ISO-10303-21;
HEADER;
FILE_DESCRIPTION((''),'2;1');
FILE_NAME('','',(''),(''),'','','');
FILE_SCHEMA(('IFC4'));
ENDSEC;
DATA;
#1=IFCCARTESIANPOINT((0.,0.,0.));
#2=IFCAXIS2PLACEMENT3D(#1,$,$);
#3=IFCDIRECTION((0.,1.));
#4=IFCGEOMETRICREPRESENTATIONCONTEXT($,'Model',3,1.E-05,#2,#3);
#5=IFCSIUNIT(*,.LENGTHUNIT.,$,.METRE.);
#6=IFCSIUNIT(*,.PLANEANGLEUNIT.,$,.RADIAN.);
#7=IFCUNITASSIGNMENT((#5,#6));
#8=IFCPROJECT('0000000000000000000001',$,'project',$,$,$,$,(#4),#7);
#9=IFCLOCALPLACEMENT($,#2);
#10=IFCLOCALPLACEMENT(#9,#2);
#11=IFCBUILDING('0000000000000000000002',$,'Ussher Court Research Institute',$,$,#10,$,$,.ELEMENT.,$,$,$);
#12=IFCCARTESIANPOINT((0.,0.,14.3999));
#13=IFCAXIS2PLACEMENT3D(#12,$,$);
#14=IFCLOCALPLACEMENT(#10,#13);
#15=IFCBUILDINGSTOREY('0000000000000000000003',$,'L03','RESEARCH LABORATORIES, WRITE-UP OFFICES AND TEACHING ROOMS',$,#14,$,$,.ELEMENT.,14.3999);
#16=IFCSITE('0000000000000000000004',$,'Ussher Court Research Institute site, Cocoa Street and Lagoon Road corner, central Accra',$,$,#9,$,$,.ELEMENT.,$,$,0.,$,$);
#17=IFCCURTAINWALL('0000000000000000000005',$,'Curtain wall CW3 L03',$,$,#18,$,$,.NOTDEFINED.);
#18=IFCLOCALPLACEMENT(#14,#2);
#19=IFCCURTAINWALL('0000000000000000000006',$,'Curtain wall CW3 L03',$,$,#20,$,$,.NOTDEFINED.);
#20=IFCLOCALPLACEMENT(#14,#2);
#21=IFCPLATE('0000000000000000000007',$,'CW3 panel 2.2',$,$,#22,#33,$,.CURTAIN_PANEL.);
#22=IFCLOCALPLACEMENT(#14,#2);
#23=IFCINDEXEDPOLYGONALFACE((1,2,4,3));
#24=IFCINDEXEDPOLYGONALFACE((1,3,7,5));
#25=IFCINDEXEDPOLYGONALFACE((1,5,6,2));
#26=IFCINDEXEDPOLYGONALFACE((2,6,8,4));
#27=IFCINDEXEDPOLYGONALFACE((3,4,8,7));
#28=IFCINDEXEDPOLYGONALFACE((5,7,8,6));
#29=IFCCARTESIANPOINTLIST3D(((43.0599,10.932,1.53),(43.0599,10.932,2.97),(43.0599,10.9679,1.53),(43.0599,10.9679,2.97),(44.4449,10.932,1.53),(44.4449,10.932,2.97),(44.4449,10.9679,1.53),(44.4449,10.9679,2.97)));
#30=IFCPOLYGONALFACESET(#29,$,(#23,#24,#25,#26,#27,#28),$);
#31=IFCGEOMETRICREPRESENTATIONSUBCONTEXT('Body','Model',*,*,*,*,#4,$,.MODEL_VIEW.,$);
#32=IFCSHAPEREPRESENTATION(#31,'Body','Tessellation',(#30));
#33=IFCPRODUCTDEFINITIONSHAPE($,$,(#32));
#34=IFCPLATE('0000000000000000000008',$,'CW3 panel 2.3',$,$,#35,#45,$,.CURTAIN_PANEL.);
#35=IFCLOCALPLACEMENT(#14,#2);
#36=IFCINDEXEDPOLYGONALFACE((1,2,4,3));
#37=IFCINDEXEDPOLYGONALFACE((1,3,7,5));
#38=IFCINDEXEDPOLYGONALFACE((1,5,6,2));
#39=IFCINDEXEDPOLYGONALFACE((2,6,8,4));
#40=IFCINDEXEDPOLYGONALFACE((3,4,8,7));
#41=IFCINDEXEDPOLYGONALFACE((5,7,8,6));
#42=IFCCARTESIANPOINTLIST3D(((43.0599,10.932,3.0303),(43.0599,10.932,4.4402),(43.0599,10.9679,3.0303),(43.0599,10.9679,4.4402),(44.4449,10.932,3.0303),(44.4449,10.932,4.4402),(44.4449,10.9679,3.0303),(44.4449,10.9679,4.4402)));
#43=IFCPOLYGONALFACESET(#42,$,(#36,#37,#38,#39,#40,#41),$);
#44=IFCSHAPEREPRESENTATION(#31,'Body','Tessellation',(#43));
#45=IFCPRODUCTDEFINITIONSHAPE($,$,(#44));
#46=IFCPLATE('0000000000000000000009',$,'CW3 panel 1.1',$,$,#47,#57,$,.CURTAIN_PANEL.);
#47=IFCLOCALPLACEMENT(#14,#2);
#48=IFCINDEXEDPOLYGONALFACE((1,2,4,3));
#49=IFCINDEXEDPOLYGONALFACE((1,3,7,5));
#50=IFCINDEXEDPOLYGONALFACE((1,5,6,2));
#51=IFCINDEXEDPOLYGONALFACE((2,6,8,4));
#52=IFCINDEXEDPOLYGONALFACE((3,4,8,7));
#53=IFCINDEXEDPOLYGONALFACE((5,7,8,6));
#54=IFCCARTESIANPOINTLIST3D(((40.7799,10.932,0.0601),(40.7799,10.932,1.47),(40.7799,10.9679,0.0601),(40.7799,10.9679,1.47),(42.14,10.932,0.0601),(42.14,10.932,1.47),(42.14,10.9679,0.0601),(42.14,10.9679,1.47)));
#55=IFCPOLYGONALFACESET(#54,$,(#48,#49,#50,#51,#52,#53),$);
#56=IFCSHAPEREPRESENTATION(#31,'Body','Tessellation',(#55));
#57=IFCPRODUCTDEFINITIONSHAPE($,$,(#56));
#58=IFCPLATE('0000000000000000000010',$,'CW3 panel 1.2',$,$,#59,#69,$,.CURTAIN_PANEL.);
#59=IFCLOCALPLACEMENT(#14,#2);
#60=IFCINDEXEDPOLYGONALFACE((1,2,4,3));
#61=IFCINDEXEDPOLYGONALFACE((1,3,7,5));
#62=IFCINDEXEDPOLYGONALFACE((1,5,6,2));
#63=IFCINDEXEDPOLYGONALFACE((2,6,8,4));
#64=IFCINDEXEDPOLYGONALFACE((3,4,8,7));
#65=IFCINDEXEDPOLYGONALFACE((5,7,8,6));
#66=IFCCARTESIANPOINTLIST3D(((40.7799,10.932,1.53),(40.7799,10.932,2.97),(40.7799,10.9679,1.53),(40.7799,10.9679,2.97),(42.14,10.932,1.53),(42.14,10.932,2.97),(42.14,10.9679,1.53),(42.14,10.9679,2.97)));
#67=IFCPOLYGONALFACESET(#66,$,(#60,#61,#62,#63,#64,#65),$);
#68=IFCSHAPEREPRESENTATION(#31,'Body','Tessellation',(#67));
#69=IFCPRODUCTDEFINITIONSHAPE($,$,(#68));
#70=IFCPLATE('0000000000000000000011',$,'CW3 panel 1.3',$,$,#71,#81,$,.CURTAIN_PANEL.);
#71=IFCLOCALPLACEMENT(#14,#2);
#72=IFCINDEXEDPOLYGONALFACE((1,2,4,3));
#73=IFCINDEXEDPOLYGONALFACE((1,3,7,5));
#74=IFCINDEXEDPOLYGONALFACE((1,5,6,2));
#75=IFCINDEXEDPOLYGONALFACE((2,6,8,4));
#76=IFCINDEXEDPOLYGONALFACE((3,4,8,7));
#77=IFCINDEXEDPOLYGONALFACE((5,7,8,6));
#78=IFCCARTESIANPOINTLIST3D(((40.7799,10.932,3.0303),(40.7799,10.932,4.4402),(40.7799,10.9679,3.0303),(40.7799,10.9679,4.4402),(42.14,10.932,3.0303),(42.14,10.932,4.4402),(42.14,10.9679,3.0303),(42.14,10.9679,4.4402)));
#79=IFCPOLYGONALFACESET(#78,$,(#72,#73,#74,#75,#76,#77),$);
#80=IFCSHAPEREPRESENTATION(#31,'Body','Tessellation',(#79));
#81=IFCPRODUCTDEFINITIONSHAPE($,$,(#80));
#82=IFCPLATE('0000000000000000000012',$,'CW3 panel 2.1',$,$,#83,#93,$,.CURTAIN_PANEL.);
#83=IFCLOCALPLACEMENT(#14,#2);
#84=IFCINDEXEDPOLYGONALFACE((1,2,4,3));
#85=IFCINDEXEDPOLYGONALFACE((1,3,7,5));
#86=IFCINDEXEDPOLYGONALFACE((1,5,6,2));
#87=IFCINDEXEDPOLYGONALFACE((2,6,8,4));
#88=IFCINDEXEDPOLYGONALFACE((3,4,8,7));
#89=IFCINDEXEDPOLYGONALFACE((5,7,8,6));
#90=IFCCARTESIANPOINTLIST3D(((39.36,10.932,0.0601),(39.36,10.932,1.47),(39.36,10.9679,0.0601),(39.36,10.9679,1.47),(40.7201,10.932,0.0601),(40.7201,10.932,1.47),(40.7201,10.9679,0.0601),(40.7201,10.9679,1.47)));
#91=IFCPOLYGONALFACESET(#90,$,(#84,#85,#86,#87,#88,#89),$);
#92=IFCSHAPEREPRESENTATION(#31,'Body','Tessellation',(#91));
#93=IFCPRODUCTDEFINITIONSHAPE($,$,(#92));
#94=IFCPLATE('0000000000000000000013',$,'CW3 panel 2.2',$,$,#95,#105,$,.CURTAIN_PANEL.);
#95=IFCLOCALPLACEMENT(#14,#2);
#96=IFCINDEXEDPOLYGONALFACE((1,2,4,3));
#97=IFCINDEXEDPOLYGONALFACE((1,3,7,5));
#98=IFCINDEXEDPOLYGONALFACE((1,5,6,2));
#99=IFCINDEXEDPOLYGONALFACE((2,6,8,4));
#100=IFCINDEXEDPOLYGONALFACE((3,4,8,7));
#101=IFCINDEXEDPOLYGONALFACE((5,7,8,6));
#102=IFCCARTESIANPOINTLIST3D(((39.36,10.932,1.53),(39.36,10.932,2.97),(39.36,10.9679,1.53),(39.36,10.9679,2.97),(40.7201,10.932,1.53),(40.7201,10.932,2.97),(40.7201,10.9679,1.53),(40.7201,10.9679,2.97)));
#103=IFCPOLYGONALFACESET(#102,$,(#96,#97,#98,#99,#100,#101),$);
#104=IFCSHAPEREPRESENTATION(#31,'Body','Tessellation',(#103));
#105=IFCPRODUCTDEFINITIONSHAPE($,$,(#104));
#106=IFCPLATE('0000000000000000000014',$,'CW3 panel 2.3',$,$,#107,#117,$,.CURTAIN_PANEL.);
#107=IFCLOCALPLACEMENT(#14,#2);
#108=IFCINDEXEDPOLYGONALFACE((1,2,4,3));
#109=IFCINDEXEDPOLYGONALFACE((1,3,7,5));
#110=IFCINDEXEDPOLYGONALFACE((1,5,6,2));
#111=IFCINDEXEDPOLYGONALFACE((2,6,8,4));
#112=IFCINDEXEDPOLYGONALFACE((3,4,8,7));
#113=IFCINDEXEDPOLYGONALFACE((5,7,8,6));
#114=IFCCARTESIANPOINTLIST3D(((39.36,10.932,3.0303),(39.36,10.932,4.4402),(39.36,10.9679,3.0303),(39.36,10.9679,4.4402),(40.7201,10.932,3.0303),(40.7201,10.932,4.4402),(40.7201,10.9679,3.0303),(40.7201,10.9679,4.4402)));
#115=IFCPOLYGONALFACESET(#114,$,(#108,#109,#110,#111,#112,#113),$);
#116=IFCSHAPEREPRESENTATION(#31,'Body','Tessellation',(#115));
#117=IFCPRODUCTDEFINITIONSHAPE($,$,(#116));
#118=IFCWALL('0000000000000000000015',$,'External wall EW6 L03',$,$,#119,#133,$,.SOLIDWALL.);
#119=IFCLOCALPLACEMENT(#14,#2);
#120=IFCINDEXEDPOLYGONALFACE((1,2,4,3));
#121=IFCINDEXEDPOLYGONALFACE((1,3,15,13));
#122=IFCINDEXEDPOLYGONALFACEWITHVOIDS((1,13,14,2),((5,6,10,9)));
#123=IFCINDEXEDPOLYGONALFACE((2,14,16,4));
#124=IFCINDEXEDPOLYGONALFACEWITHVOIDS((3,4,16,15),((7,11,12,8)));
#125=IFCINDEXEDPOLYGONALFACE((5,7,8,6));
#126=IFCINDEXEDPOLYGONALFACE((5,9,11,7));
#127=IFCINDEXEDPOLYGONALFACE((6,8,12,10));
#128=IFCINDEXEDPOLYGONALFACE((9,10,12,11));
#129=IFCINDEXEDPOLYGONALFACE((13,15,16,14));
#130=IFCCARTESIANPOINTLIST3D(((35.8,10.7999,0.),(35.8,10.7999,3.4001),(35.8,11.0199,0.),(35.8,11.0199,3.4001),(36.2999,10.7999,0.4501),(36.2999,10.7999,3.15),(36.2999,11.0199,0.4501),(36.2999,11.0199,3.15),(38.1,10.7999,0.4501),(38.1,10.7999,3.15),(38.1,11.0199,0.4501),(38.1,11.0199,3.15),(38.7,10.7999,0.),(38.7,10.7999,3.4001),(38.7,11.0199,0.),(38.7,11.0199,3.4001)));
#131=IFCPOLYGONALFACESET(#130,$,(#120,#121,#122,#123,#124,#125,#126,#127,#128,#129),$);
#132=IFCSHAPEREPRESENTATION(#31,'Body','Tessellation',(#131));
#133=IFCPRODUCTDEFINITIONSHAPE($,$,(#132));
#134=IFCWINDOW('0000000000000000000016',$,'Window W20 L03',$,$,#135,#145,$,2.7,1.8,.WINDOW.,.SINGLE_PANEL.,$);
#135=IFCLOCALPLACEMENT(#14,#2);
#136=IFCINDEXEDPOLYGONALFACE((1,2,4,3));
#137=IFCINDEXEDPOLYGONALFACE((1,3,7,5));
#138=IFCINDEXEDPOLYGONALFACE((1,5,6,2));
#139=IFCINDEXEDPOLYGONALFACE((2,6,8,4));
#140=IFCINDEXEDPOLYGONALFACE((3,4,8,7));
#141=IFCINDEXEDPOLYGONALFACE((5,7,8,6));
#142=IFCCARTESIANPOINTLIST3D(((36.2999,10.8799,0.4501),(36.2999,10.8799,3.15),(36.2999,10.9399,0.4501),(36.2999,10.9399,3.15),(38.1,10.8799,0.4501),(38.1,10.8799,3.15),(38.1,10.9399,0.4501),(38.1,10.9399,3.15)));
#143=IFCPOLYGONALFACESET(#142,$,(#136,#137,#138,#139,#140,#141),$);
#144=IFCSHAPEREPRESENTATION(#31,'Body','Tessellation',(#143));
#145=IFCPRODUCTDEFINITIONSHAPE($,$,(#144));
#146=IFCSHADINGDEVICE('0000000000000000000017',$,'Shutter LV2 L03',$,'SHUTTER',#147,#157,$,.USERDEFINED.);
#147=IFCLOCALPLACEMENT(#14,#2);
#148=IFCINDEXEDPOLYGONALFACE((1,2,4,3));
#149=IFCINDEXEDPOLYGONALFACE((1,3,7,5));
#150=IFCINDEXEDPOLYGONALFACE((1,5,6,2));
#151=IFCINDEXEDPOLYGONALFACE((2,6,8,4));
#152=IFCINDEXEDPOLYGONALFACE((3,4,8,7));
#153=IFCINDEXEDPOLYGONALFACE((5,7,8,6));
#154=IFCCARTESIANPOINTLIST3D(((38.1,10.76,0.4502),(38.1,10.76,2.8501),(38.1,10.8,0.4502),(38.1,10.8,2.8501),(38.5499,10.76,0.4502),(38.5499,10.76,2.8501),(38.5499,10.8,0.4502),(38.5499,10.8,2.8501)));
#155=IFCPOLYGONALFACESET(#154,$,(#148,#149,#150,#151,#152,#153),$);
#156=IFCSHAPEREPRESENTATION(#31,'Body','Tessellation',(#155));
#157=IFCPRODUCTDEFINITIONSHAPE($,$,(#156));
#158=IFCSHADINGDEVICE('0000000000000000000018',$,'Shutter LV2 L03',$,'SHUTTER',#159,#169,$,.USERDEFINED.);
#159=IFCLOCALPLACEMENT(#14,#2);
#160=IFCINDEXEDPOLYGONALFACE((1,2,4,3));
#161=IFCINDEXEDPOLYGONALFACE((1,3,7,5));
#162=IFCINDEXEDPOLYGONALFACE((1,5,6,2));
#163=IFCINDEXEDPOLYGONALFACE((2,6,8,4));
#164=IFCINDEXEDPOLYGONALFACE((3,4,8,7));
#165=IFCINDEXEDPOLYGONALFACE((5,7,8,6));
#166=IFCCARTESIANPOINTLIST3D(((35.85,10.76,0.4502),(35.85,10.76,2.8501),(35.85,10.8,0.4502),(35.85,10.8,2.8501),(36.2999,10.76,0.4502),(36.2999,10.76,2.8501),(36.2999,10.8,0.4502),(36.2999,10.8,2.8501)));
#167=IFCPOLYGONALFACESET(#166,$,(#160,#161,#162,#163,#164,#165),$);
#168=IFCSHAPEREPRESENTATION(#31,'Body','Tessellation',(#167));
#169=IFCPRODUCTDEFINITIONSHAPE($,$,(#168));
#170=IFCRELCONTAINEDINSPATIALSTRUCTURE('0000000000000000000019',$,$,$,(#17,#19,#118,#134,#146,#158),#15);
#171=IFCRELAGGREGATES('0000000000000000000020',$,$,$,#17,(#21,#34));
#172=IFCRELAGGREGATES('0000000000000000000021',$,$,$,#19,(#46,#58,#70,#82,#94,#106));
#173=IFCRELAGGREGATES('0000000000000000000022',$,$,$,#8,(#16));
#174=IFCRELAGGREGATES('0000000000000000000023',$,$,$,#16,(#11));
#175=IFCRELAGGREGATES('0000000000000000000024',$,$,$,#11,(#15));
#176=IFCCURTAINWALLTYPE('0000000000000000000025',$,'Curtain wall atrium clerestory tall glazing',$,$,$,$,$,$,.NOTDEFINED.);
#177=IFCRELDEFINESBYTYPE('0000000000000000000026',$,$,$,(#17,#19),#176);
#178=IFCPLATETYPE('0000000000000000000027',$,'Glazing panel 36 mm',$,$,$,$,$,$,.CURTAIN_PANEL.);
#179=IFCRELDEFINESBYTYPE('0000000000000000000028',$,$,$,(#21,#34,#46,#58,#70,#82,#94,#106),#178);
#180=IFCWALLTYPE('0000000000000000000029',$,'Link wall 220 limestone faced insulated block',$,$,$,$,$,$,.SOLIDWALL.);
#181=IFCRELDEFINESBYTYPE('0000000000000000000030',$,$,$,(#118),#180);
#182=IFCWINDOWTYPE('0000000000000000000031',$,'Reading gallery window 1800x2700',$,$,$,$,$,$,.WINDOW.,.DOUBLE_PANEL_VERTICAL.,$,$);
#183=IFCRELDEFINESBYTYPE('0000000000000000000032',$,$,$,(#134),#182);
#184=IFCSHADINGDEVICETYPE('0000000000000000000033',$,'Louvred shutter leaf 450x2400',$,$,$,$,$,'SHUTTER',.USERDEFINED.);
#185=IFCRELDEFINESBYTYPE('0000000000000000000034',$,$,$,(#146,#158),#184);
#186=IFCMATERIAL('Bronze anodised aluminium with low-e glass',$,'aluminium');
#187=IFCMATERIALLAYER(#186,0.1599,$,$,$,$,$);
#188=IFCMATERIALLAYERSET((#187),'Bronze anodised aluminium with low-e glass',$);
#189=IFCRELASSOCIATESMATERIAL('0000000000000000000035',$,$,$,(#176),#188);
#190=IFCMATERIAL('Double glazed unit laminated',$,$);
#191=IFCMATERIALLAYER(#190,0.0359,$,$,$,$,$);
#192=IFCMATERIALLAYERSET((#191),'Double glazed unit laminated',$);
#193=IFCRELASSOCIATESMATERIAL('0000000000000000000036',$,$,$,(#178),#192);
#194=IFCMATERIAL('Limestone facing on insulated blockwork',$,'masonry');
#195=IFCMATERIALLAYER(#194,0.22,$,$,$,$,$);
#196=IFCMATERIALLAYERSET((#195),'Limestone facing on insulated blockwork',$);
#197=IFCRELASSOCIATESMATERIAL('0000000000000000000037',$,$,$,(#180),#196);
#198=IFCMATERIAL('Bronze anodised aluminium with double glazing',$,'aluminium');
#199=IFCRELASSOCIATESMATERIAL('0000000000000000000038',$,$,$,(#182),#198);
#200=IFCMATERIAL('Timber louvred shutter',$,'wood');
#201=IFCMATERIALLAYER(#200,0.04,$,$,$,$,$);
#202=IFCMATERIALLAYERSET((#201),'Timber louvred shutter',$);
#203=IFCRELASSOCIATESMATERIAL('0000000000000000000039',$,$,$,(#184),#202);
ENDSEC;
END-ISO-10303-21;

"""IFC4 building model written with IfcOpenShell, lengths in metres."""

from ifc_helpers import new_model, si_unit, direction, frame, frame_2d, origin, origin_2d, place, context, subcontext, project, spatial, rectangle, extrude, material, layer, layer_set, type_object, element, fill, aggregate, save


model = new_model("IFC4")

# Units and contexts
model_context = context("Model", 3, precision=1e-05, world=origin(), true_north=direction((0.0, 1.0)))
body_context = subcontext(model_context, "Body", "Model", "MODEL_VIEW")
ifc_project = project(units=[si_unit("LENGTHUNIT", "METRE"), si_unit("PLANEANGLEUNIT", "RADIAN")], contexts=[model_context])

# Site, building, storey
site_placement = place(None, origin())
site = spatial("IfcSite", under=ifc_project, at=site_placement, Name="Ussher Court Research Institute site, Cocoa Street and Lagoon Road corner, central Accra", CompositionType="ELEMENT", RefElevation=0.0)
building_placement = place(site_placement, origin())
building = spatial("IfcBuilding", under=site, at=building_placement, Name="Ussher Court Research Institute", CompositionType="ELEMENT")
storey_placement = place(building_placement, frame((0.0, 0.0, 14.3999)))
storey = spatial("IfcBuildingStorey", under=building, at=storey_placement, Name="L03", Description="RESEARCH LABORATORIES, WRITE-UP OFFICES AND TEACHING ROOMS", CompositionType="ELEMENT", Elevation=14.3999)

# Curtain wall
ifc_material_1 = material(Name="Bronze anodised aluminium with low-e glass", Category="aluminium")
ifc_layer_1 = layer(ifc_material_1, 0.1599)
ifc_layer_set_1 = layer_set([ifc_layer_1], Name="Bronze anodised aluminium with low-e glass")
curtain_wall_type = type_object("IfcCurtainWallType", Name="Curtain wall atrium clerestory tall glazing", PredefinedType="NOTDEFINED", material=ifc_layer_set_1)
curtain_wall_1_placement = place(storey_placement, origin())
curtain_wall_1 = element("IfcCurtainWall", 1, at=curtain_wall_1_placement, inside=storey, type_object=curtain_wall_type, Name="Curtain wall CW3 L03", PredefinedType="NOTDEFINED")

# Curtain wall
curtain_wall_2_placement = place(storey_placement, origin())
curtain_wall_2 = element("IfcCurtainWall", 2, at=curtain_wall_2_placement, inside=storey, type_object=curtain_wall_type, Name="Curtain wall CW3 L03", PredefinedType="NOTDEFINED")

# Plates
ifc_material_2 = material(Name="Double glazed unit laminated")
ifc_layer_2 = layer(ifc_material_2, 0.0359)
ifc_layer_set_2 = layer_set([ifc_layer_2], Name="Double glazed unit laminated")
plate_type = type_object("IfcPlateType", Name="Glazing panel 36 mm", PredefinedType="CURTAIN_PANEL", material=ifc_layer_set_2)
plate_1_placement = place(storey_placement, frame((43.7524, 10.95, 1.53), z_axis=(0.0, 0.0, 1.0), x_axis=(-1.0, 0.0, 0.0)))
plate_1 = element("IfcPlate", 3, at=plate_1_placement, type_object=plate_type, Name="CW3 panel 2.2", PredefinedType="CURTAIN_PANEL", context=body_context, shape_type="SweptSolid", body=[
    extrude(rectangle(XDim=1.385, YDim=0.0359, at=origin_2d()), origin(), (0.0, 0.0, 1.0), 1.4399),
])
plate_2_placement = place(storey_placement, frame((43.7524, 10.95, 3.0303), z_axis=(0.0, 0.0, 1.0), x_axis=(-1.0, 0.0, 0.0)))
plate_2 = element("IfcPlate", 4, at=plate_2_placement, type_object=plate_type, Name="CW3 panel 2.3", PredefinedType="CURTAIN_PANEL", context=body_context, shape_type="SweptSolid", body=[
    extrude(rectangle(XDim=1.385, YDim=0.0359, at=origin_2d()), origin(), (0.0, 0.0, 1.0), 1.4099),
])
aggregate(curtain_wall_1, [plate_1, plate_2])
plate_3_placement = place(storey_placement, frame((41.46, 10.95, 0.0601), z_axis=(0.0, 0.0, 1.0), x_axis=(-1.0, 0.0, 0.0)))
plate_3 = element("IfcPlate", 5, at=plate_3_placement, type_object=plate_type, Name="CW3 panel 1.1", PredefinedType="CURTAIN_PANEL", context=body_context, shape_type="SweptSolid", body=[
    extrude(rectangle(XDim=1.3601, YDim=0.0359, at=origin_2d()), origin(), (0.0, 0.0, 1.0), 1.4099),
])
plate_4_placement = place(storey_placement, frame((41.46, 10.95, 1.53), z_axis=(0.0, 0.0, 1.0), x_axis=(-1.0, 0.0, 0.0)))
plate_4 = element("IfcPlate", 6, at=plate_4_placement, type_object=plate_type, Name="CW3 panel 1.2", PredefinedType="CURTAIN_PANEL", context=body_context, shape_type="SweptSolid", body=[
    extrude(rectangle(XDim=1.3601, YDim=0.0359, at=origin_2d()), origin(), (0.0, 0.0, 1.0), 1.4399),
])
plate_5_placement = place(storey_placement, frame((41.46, 10.95, 3.0303), z_axis=(0.0, 0.0, 1.0), x_axis=(-1.0, 0.0, 0.0)))
plate_5 = element("IfcPlate", 7, at=plate_5_placement, type_object=plate_type, Name="CW3 panel 1.3", PredefinedType="CURTAIN_PANEL", context=body_context, shape_type="SweptSolid", body=[
    extrude(rectangle(XDim=1.3601, YDim=0.0359, at=origin_2d()), origin(), (0.0, 0.0, 1.0), 1.4099),
])
plate_6_placement = place(storey_placement, frame((40.04, 10.95, 0.0601), z_axis=(0.0, 0.0, 1.0), x_axis=(-1.0, 0.0, 0.0)))
plate_6 = element("IfcPlate", 8, at=plate_6_placement, type_object=plate_type, Name="CW3 panel 2.1", PredefinedType="CURTAIN_PANEL", context=body_context, shape_type="SweptSolid", body=[
    extrude(rectangle(XDim=1.3601, YDim=0.0359, at=origin_2d()), origin(), (0.0, 0.0, 1.0), 1.4099),
])
plate_7_placement = place(storey_placement, frame((40.04, 10.95, 1.53), z_axis=(0.0, 0.0, 1.0), x_axis=(-1.0, 0.0, 0.0)))
plate_7 = element("IfcPlate", 9, at=plate_7_placement, type_object=plate_type, Name="CW3 panel 2.2", PredefinedType="CURTAIN_PANEL", context=body_context, shape_type="SweptSolid", body=[
    extrude(rectangle(XDim=1.3601, YDim=0.0359, at=origin_2d()), origin(), (0.0, 0.0, 1.0), 1.4399),
])
plate_8_placement = place(storey_placement, frame((40.04, 10.95, 3.0303), z_axis=(0.0, 0.0, 1.0), x_axis=(-1.0, 0.0, 0.0)))
plate_8 = element("IfcPlate", 10, at=plate_8_placement, type_object=plate_type, Name="CW3 panel 2.3", PredefinedType="CURTAIN_PANEL", context=body_context, shape_type="SweptSolid", body=[
    extrude(rectangle(XDim=1.3601, YDim=0.0359, at=origin_2d()), origin(), (0.0, 0.0, 1.0), 1.4099),
])
aggregate(curtain_wall_2, [plate_3, plate_4, plate_5, plate_6, plate_7, plate_8])

# Wall, opening, window
ifc_material_3 = material(Name="Limestone facing on insulated blockwork", Category="masonry")
ifc_layer_3 = layer(ifc_material_3, 0.22)
ifc_layer_set_3 = layer_set([ifc_layer_3], Name="Limestone facing on insulated blockwork")
wall_type = type_object("IfcWallType", Name="Link wall 220 limestone faced insulated block", PredefinedType="SOLIDWALL", material=ifc_layer_set_3)
wall_placement = place(storey_placement, frame((38.7, 10.9099, 0.0), z_axis=(0.0, 0.0, 1.0), x_axis=(-1.0, 0.0, 0.0)))
wall = element("IfcWall", 11, at=wall_placement, inside=storey, type_object=wall_type, Name="External wall EW6 L03", PredefinedType="SOLIDWALL", context=body_context, shape_type="SweptSolid", body=[
    extrude(rectangle(XDim=2.8999, YDim=0.22, at=frame_2d((1.45, 0.0))), origin(), (0.0, 0.0, 1.0), 3.4001),
])
opening_placement = place(wall_placement, frame((0.6001, 0.0, 0.45)))
opening = element("IfcOpeningElement", 12, at=opening_placement, cuts=wall, PredefinedType="OPENING", context=body_context, shape_type="SweptSolid", body=[
    extrude(rectangle(XDim=1.8, YDim=2.7, at=frame_2d((0.8999, 1.3501))), frame((0.0, 0.1201, 0.0), z_axis=(0.0, -1.0, 0.0), x_axis=(1.0, 0.0, 0.0)), (0.0, 0.0, 1.0), 0.24),
])
ifc_material_4 = material(Name="Bronze anodised aluminium with double glazing", Category="aluminium")
window_type = type_object("IfcWindowType", Name="Reading gallery window 1800x2700", PartitioningType="DOUBLE_PANEL_VERTICAL", PredefinedType="WINDOW", material=ifc_material_4)
window_placement = place(opening_placement, origin())
window = element("IfcWindow", 13, at=window_placement, inside=storey, type_object=window_type, Name="Window W20 L03", OverallHeight=2.7, OverallWidth=1.8, PartitioningType="SINGLE_PANEL", PredefinedType="WINDOW", context=body_context, shape_type="SweptSolid", body=[
    extrude(rectangle(XDim=1.8, YDim=2.7, at=frame_2d((0.8999, 1.3501))), frame((0.0, 0.03, 0.0), z_axis=(0.0, -1.0, 0.0), x_axis=(1.0, 0.0, 0.0)), (0.0, 0.0, 1.0), 0.0601),
])
fill(opening, window)

# Shading devices
ifc_material_5 = material(Name="Timber louvred shutter", Category="wood")
ifc_layer_4 = layer(ifc_material_5, 0.04)
ifc_layer_set_4 = layer_set([ifc_layer_4], Name="Timber louvred shutter")
shading_device_type = type_object("IfcShadingDeviceType", Name="Louvred shutter leaf 450x2400", ElementType="SHUTTER", PredefinedType="USERDEFINED", material=ifc_layer_set_4)
for number, where, z_axis, x_axis, name in (
    (14, (38.325, 10.78, 0.4502), (0.0, 0.0, 1.0), (-1.0, 0.0, 0.0), "Shutter LV2 L03"),
    (15, (36.075, 10.78, 0.4502), (0.0, 0.0, 1.0), (-1.0, 0.0, 0.0), "Shutter LV2 L03"),
):
    element("IfcShadingDevice", number, at=place(storey_placement, frame(where, z_axis=z_axis, x_axis=x_axis)), inside=storey, type_object=shading_device_type, Name=name, ObjectType="SHUTTER", PredefinedType="USERDEFINED", context=body_context, shape_type="SweptSolid", body=[
        extrude(rectangle(XDim=0.45, YDim=0.04, at=origin_2d()), origin(), (0.0, 0.0, 1.0), 2.3999),
    ])

save(model, "model.ifc")
